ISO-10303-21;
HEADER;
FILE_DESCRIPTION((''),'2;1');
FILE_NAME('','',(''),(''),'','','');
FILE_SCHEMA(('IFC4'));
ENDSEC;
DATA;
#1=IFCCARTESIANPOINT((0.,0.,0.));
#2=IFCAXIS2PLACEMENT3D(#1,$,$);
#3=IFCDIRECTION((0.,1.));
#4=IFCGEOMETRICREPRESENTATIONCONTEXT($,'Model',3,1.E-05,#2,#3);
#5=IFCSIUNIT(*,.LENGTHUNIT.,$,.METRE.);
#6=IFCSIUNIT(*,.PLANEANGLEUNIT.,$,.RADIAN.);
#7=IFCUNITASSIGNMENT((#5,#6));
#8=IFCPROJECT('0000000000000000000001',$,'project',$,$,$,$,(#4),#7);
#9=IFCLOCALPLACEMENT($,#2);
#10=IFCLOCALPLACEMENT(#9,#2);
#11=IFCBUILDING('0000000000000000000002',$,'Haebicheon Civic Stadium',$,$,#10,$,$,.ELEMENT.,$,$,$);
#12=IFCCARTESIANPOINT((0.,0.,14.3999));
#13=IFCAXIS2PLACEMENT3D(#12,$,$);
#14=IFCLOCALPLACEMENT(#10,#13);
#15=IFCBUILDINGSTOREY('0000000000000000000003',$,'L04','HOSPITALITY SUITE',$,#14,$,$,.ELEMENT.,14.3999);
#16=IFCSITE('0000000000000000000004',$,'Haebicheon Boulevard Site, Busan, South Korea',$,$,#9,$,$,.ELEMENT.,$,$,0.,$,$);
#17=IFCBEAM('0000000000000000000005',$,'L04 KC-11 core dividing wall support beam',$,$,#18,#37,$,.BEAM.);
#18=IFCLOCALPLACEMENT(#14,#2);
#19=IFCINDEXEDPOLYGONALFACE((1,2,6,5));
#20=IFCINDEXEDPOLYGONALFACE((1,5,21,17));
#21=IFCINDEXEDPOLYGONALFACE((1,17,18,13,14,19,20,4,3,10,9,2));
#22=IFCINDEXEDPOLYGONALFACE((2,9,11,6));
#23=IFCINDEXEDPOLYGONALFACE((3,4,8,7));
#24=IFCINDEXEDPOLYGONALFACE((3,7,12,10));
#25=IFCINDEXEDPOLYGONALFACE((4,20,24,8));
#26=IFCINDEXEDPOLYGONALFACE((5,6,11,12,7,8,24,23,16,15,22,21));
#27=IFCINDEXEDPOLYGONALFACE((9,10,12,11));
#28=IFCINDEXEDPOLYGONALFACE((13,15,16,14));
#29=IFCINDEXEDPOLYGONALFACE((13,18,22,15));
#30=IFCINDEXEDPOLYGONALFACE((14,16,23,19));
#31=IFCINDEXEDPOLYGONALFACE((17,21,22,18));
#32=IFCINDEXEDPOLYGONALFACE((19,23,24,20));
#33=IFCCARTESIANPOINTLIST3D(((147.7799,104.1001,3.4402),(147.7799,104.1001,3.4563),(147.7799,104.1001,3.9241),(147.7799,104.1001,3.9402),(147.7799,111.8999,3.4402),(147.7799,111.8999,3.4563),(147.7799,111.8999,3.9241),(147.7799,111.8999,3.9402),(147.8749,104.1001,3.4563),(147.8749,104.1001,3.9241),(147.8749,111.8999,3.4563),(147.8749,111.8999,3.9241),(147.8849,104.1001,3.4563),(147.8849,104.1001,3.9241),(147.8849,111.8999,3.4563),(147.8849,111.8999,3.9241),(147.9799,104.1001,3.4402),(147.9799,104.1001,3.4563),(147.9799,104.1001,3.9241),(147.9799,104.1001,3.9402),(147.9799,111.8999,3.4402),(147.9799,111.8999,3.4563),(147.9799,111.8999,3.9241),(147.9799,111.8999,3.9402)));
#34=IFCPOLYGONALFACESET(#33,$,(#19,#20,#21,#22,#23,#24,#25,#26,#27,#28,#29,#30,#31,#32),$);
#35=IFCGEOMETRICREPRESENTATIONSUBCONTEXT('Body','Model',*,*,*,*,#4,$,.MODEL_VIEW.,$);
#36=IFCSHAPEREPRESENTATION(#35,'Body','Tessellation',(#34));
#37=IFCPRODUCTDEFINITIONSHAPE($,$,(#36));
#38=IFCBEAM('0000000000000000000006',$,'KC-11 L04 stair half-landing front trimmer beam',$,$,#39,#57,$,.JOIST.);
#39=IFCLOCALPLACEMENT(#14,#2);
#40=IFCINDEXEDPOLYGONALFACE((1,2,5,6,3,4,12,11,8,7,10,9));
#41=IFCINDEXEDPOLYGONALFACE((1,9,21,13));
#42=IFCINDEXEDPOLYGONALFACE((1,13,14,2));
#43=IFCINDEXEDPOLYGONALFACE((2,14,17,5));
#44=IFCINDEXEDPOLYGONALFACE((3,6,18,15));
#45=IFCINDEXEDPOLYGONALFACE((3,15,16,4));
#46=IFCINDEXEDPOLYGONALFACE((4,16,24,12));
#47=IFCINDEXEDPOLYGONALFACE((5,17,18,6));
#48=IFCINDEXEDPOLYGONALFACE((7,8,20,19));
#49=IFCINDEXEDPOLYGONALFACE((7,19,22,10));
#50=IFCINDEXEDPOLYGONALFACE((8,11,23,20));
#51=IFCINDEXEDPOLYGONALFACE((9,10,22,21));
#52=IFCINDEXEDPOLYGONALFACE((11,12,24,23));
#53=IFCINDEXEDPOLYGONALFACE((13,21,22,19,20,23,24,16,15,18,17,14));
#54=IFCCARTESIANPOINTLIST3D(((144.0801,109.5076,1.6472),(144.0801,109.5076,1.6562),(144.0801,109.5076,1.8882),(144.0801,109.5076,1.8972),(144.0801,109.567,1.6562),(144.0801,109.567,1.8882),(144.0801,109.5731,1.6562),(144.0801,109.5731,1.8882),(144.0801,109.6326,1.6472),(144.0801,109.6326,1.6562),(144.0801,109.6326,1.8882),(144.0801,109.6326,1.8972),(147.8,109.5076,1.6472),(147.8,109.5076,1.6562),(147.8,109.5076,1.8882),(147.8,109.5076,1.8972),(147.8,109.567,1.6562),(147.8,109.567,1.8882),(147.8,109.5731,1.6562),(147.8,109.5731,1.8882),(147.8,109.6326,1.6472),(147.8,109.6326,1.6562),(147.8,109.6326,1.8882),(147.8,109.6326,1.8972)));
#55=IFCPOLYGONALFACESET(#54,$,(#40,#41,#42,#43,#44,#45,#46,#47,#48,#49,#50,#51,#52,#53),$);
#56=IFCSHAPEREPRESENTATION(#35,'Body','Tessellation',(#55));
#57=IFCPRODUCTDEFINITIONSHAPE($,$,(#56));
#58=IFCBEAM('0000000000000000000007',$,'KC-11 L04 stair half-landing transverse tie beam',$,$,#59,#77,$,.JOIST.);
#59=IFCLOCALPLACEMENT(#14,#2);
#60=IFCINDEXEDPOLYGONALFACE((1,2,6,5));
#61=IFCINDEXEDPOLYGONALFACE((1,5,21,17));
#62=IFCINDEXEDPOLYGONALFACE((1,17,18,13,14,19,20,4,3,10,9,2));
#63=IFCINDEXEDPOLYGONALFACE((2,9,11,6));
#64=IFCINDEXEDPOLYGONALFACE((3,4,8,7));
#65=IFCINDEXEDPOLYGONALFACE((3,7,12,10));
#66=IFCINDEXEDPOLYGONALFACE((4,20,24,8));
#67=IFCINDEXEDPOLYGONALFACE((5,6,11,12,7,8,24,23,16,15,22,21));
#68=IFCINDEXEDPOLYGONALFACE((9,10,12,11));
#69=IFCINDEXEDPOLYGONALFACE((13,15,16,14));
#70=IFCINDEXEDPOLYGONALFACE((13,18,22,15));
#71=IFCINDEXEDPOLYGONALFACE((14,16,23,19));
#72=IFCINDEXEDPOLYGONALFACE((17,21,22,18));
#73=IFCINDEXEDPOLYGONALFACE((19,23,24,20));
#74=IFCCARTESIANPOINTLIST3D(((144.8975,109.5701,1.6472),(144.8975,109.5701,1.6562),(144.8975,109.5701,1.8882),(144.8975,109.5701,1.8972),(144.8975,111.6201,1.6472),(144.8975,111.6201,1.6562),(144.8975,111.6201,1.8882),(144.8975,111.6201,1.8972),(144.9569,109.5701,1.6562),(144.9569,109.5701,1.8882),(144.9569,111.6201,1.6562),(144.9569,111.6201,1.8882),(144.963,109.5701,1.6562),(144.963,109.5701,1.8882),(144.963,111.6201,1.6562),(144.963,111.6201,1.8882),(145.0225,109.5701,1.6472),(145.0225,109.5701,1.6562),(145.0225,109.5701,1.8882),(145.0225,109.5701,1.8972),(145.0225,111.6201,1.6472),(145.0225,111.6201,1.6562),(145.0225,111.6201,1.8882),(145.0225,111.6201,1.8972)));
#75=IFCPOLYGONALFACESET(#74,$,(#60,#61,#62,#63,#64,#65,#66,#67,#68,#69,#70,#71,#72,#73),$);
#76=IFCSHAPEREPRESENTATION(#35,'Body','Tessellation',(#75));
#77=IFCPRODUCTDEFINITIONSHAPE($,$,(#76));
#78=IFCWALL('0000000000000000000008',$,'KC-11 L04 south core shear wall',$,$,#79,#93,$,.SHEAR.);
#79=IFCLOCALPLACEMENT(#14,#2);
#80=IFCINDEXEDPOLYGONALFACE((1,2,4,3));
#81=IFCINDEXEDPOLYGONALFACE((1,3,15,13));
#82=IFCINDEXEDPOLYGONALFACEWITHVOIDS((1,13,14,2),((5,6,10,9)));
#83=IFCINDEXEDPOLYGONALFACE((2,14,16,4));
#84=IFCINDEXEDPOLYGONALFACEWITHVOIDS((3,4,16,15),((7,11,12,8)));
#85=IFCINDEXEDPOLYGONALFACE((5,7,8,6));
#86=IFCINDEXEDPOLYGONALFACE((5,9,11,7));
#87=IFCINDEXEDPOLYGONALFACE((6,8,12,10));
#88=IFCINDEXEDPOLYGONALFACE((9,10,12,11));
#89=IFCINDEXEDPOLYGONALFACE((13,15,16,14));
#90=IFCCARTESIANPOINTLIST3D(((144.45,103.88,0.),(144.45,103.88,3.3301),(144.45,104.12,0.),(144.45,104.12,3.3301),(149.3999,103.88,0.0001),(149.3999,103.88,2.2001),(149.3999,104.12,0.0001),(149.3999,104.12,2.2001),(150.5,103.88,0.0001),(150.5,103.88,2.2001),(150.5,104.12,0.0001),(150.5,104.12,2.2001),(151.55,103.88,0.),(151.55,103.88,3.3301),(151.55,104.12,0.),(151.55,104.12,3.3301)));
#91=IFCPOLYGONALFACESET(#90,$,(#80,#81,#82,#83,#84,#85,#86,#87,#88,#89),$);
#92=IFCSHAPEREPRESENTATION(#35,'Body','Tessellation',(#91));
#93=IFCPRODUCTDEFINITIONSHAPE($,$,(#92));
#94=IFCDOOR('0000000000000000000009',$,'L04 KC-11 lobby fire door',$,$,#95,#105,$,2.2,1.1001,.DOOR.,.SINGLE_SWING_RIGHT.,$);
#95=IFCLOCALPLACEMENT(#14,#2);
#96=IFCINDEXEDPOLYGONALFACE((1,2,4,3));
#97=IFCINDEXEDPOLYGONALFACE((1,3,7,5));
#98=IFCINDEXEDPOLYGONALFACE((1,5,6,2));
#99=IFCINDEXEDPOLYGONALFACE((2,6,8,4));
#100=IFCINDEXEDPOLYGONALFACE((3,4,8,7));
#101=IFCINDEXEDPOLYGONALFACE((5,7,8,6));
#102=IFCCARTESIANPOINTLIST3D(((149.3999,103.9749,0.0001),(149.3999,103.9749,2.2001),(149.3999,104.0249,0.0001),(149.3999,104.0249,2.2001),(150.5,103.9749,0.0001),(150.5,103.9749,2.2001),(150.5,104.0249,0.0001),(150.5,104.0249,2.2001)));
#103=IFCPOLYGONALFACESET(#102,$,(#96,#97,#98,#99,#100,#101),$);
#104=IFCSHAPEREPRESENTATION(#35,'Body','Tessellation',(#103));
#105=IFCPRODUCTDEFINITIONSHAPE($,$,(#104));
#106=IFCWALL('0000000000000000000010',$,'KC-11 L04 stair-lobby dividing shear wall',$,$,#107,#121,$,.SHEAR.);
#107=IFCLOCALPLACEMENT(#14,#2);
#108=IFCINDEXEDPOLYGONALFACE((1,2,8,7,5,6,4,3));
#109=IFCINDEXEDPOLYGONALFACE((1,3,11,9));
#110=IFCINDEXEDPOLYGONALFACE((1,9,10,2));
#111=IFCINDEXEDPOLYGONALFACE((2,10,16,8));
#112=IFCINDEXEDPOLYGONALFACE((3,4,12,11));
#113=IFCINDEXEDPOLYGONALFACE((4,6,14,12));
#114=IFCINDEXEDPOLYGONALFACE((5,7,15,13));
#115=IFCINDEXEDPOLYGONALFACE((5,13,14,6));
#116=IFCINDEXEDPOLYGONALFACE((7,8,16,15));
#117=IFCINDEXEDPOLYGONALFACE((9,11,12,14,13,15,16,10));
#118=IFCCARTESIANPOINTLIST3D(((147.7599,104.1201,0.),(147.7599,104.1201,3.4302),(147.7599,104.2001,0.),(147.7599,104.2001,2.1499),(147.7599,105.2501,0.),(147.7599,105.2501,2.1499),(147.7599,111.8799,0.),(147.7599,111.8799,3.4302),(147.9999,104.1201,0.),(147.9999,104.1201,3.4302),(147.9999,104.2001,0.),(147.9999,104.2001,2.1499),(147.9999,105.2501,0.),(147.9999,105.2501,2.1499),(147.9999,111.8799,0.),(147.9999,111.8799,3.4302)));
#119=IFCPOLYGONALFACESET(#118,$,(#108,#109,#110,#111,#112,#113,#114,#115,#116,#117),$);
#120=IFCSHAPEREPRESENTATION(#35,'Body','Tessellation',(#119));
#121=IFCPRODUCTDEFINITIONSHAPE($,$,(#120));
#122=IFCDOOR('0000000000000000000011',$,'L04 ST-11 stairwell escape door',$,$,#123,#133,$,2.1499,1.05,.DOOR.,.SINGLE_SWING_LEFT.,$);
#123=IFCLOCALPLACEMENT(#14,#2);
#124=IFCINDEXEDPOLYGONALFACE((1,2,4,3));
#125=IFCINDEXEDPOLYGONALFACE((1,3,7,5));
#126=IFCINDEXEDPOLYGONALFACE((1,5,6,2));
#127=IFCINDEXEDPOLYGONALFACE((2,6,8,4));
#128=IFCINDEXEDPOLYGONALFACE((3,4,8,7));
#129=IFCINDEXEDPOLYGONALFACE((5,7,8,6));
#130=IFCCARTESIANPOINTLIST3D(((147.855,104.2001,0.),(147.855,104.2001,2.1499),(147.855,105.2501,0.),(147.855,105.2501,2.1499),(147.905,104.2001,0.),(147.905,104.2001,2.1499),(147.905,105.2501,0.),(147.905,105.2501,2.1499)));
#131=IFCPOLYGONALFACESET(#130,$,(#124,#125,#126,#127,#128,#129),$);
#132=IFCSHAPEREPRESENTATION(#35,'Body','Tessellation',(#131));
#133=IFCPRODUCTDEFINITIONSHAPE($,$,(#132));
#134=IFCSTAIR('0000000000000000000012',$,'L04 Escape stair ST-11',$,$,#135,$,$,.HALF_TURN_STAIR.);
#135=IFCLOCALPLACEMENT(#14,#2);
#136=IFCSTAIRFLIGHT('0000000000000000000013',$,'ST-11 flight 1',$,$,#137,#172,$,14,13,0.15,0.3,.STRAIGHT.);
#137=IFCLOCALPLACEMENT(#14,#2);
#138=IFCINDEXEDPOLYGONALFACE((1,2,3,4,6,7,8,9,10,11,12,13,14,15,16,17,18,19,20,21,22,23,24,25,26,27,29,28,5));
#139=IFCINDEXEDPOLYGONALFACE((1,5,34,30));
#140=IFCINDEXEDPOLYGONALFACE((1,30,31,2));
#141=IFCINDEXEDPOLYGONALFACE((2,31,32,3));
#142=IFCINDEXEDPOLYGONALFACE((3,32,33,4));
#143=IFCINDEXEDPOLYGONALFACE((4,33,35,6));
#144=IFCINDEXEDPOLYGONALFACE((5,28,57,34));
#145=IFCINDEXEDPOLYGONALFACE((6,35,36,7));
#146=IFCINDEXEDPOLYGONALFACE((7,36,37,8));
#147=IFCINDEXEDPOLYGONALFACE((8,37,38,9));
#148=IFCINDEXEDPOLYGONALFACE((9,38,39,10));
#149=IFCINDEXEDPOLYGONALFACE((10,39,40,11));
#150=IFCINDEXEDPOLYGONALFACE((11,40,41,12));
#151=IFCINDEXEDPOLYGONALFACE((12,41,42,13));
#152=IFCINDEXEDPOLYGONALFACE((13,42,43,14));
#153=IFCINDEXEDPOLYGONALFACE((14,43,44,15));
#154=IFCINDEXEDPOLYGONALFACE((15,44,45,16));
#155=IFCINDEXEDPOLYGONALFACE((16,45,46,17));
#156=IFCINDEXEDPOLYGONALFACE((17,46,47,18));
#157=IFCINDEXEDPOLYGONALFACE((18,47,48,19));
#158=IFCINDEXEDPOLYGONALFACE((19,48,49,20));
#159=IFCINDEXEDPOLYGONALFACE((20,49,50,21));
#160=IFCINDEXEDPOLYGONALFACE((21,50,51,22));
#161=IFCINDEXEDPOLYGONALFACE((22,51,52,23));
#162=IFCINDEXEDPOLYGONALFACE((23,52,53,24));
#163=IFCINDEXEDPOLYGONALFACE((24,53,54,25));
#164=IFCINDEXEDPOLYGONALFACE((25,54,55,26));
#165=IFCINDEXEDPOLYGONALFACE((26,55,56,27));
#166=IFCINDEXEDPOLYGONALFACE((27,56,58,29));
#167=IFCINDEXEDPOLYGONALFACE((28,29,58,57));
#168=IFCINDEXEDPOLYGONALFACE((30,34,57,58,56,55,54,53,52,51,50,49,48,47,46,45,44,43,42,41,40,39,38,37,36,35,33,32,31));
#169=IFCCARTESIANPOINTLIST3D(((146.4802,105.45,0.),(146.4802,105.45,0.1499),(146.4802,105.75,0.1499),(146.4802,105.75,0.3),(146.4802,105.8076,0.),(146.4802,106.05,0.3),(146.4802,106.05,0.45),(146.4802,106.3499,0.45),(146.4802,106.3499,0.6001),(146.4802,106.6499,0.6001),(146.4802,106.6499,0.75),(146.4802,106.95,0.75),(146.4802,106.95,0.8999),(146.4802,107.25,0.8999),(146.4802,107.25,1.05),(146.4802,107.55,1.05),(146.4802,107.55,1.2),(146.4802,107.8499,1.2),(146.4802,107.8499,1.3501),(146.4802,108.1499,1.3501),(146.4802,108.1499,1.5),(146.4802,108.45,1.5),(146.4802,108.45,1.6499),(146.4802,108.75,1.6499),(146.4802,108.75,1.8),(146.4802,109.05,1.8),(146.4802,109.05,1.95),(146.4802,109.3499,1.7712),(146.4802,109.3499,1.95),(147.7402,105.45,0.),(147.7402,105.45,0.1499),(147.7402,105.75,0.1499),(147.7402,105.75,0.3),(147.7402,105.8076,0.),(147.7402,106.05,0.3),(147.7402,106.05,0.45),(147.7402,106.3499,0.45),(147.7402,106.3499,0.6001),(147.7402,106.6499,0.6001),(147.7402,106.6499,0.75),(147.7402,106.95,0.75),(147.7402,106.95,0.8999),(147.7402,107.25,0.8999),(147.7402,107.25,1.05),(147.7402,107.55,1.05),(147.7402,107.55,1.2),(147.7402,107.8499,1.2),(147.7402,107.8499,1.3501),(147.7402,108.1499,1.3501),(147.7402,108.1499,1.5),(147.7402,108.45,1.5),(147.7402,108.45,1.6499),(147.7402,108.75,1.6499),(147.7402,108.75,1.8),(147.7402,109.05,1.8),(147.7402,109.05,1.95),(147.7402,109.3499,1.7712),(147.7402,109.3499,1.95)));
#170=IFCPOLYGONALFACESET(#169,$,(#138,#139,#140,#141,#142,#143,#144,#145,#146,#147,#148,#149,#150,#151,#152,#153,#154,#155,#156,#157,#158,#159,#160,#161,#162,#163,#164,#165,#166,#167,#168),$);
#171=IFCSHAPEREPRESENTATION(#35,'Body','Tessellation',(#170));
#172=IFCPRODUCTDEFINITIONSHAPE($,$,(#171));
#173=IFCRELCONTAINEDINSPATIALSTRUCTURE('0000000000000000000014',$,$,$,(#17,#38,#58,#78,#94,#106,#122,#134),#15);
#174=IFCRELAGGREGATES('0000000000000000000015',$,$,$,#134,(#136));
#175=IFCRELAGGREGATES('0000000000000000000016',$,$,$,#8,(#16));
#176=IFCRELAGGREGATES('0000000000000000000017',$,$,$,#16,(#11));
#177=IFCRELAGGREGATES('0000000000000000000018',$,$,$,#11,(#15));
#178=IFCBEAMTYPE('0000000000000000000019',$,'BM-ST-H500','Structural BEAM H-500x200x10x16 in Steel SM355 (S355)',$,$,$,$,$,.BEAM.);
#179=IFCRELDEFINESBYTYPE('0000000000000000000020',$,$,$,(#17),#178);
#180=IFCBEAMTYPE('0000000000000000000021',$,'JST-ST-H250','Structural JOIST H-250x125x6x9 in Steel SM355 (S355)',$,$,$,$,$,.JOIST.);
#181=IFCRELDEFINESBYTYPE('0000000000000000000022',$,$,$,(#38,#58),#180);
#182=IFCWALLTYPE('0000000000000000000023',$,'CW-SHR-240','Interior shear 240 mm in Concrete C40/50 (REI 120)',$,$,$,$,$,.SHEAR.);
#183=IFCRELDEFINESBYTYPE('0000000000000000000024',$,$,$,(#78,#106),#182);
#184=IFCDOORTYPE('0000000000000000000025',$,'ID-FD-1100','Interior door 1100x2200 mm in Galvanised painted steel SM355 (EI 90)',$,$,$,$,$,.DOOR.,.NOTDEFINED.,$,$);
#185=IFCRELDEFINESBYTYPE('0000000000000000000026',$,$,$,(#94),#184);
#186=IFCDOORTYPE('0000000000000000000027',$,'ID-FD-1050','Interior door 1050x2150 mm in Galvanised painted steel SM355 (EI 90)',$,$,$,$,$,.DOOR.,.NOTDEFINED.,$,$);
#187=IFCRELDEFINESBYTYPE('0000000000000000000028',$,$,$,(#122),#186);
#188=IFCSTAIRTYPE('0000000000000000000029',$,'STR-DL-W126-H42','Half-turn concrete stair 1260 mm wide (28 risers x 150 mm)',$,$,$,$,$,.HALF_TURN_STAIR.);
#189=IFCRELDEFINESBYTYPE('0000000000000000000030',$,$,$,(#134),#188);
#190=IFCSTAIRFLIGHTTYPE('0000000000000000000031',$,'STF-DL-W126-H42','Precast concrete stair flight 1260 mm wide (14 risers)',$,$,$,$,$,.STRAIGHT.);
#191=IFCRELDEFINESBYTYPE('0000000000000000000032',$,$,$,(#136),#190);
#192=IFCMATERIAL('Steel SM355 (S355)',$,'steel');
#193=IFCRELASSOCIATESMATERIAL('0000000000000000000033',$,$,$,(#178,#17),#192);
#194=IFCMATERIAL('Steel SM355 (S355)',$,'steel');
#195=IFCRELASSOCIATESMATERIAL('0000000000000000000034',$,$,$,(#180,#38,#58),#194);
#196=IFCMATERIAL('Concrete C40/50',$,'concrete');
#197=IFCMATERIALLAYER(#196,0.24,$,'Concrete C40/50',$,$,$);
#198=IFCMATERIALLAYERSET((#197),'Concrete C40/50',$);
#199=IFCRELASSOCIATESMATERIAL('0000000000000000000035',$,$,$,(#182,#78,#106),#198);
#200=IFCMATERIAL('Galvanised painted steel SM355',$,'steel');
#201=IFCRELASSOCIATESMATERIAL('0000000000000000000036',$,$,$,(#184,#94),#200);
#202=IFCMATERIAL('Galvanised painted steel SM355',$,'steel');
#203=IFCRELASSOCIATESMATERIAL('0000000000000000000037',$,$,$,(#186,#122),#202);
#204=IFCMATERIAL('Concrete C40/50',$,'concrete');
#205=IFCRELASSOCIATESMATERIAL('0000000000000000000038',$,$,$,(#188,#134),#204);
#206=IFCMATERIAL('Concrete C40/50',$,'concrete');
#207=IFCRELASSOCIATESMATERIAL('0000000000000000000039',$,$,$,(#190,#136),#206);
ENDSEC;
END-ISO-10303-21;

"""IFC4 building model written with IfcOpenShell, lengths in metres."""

from ifc_helpers import new_model, si_unit, direction, frame, frame_2d, origin, origin_2d, place, context, subcontext, project, spatial, polyline, rectangle, i_section, outline, extrude, material, layer, layer_set, material_profile, profile_set, type_object, element, fill, aggregate, save


model = new_model("IFC4")

# Units and contexts
model_context = context("Model", 3, precision=1e-05, world=origin(), true_north=direction((0.0, 1.0)))
body_context = subcontext(model_context, "Body", "Model", "MODEL_VIEW")
ifc_project = project(units=[si_unit("LENGTHUNIT", "METRE"), si_unit("PLANEANGLEUNIT", "RADIAN")], contexts=[model_context])

# Site, building, storey
site_placement = place(None, origin())
site = spatial("IfcSite", under=ifc_project, at=site_placement, Name="Haebicheon Boulevard Site, Busan, South Korea", CompositionType="ELEMENT", RefElevation=0.0)
building_placement = place(site_placement, origin())
building = spatial("IfcBuilding", under=site, at=building_placement, Name="Haebicheon Civic Stadium", CompositionType="ELEMENT")
storey_placement = place(building_placement, frame((0.0, 0.0, 14.3999)))
storey = spatial("IfcBuildingStorey", under=building, at=storey_placement, Name="L04", Description="HOSPITALITY SUITE", CompositionType="ELEMENT", Elevation=14.3999)

# Beams
ifc_material_1 = material(Name="Steel SM355 (S355)", Category="steel")
ifc_material_profile_1 = material_profile(ifc_material_1, i_section(OverallWidth=0.2, OverallDepth=0.5, WebThickness=0.01, FlangeThickness=0.0161, at=origin_2d()), Name="H-500x200x10x16")
ifc_profile_set_1 = profile_set([ifc_material_profile_1], Name="Steel SM355 (S355)")
beam_type_1 = type_object("IfcBeamType", Name="BM-ST-H500", Description="Structural BEAM H-500x200x10x16 in Steel SM355 (S355)", PredefinedType="BEAM", material=ifc_profile_set_1)
beam_1_placement = place(storey_placement, frame((147.8799, 104.1001, 3.6902), z_axis=(0.0, 1.0, 0.0), x_axis=(-1.0, 0.0, 0.0)))
element("IfcBeam", 1, at=beam_1_placement, inside=storey, type_object=beam_type_1, material=ifc_profile_set_1, Name="L04 KC-11 core dividing wall support beam", PredefinedType="BEAM", context=body_context, shape_type="SweptSolid", body=[
    extrude(i_section(OverallWidth=0.2, OverallDepth=0.5, WebThickness=0.01, FlangeThickness=0.0161, at=origin_2d()), origin(), (0.0, 0.0, 1.0), 7.7998),
])
ifc_material_2 = material(Name="Steel SM355 (S355)", Category="steel")
ifc_material_profile_2 = material_profile(ifc_material_2, i_section(OverallWidth=0.125, OverallDepth=0.25, WebThickness=0.0061, FlangeThickness=0.009, at=origin_2d()), Name="H-250x125x6x9")
ifc_profile_set_2 = profile_set([ifc_material_profile_2], Name="Steel SM355 (S355)")
beam_type_2 = type_object("IfcBeamType", Name="JST-ST-H250", Description="Structural JOIST H-250x125x6x9 in Steel SM355 (S355)", PredefinedType="JOIST", material=ifc_profile_set_2)
beam_2_placement = place(storey_placement, frame((144.0801, 109.5701, 1.7722), z_axis=(1.0, 0.0, 0.0), x_axis=(0.0, 1.0, 0.0)))
element("IfcBeam", 2, at=beam_2_placement, inside=storey, type_object=beam_type_2, material=ifc_profile_set_2, Name="KC-11 L04 stair half-landing front trimmer beam", PredefinedType="JOIST", context=body_context, shape_type="SweptSolid", body=[
    extrude(i_section(OverallWidth=0.125, OverallDepth=0.25, WebThickness=0.0061, FlangeThickness=0.009, at=origin_2d()), origin(), (0.0, 0.0, 1.0), 3.72),
])
beam_3_placement = place(storey_placement, frame((144.96, 109.5701, 1.7722), z_axis=(0.0, 1.0, 0.0), x_axis=(-1.0, 0.0, 0.0)))
element("IfcBeam", 3, at=beam_3_placement, inside=storey, type_object=beam_type_2, material=ifc_profile_set_2, Name="KC-11 L04 stair half-landing transverse tie beam", PredefinedType="JOIST", context=body_context, shape_type="SweptSolid", body=[
    extrude(i_section(OverallWidth=0.125, OverallDepth=0.25, WebThickness=0.0061, FlangeThickness=0.009, at=origin_2d()), origin(), (0.0, 0.0, 1.0), 2.05),
])

# Walls, openings, doors
ifc_material_3 = material(Name="Concrete C40/50", Category="concrete")
ifc_layer = layer(ifc_material_3, 0.24, Name="Concrete C40/50")
ifc_layer_set = layer_set([ifc_layer], Name="Concrete C40/50")
wall_type = type_object("IfcWallType", Name="CW-SHR-240", Description="Interior shear 240 mm in Concrete C40/50 (REI 120)", PredefinedType="SHEAR", material=ifc_layer_set)
wall_1_placement = place(storey_placement, frame((144.45, 104.0, 0.0), z_axis=(0.0, 0.0, 1.0), x_axis=(1.0, 0.0, 0.0)))
wall_1 = element("IfcWall", 4, at=wall_1_placement, inside=storey, type_object=wall_type, material=ifc_layer_set, Name="KC-11 L04 south core shear wall", PredefinedType="SHEAR", context=body_context, shape_type="SweptSolid", body=[
    extrude(rectangle(XDim=7.1001, YDim=0.24, at=frame_2d((3.55, 0.0))), origin(), (0.0, 0.0, 1.0), 3.3301),
])
opening_1_placement = place(wall_1_placement, frame((4.95, 0.0, 0.0)))
opening_1 = element("IfcOpeningElement", 5, at=opening_1_placement, cuts=wall_1, PredefinedType="OPENING", context=body_context, shape_type="SweptSolid", body=[
    extrude(rectangle(XDim=1.1001, YDim=2.2, at=frame_2d((0.55, 1.1001))), frame((0.0, 0.1299, 0.0), z_axis=(0.0, -1.0, 0.0), x_axis=(1.0, 0.0, 0.0)), (0.0, 0.0, 1.0), 0.26),
])
ifc_material_4 = material(Name="Galvanised painted steel SM355", Category="steel")
door_type_1 = type_object("IfcDoorType", Name="ID-FD-1100", Description="Interior door 1100x2200 mm in Galvanised painted steel SM355 (EI 90)", OperationType="NOTDEFINED", PredefinedType="DOOR", material=ifc_material_4)
door_1_placement = place(opening_1_placement, origin())
door_1 = element("IfcDoor", 6, at=door_1_placement, inside=storey, type_object=door_type_1, material=ifc_material_4, Name="L04 KC-11 lobby fire door", OperationType="SINGLE_SWING_RIGHT", OverallHeight=2.2, OverallWidth=1.1001, PredefinedType="DOOR", context=body_context, shape_type="SweptSolid", body=[
    extrude(rectangle(XDim=1.1001, YDim=2.2, at=frame_2d((0.55, 1.1001))), frame((0.0, 0.0249, 0.0), z_axis=(0.0, -1.0, 0.0), x_axis=(1.0, 0.0, 0.0)), (0.0, 0.0, 1.0), 0.05),
])
fill(opening_1, door_1)
wall_2_placement = place(storey_placement, frame((147.8799, 104.1201, 0.0), z_axis=(0.0, 0.0, 1.0), x_axis=(0.0, 1.0, 0.0)))
wall_2 = element("IfcWall", 7, at=wall_2_placement, inside=storey, type_object=wall_type, material=ifc_layer_set, Name="KC-11 L04 stair-lobby dividing shear wall", PredefinedType="SHEAR", context=body_context, shape_type="SweptSolid", body=[
    extrude(rectangle(XDim=7.7598, YDim=0.24, at=frame_2d((3.8799, 0.0))), origin(), (0.0, 0.0, 1.0), 3.4302),
])
opening_2_placement = place(wall_2_placement, frame((0.0801, 0.0, 0.0)))
opening_2 = element("IfcOpeningElement", 8, at=opening_2_placement, cuts=wall_2, PredefinedType="OPENING", context=body_context, shape_type="SweptSolid", body=[
    extrude(rectangle(XDim=1.05, YDim=2.1499, at=frame_2d((0.5249, 1.075))), frame((0.0, 0.1299, 0.0), z_axis=(0.0, -1.0, 0.0), x_axis=(1.0, 0.0, 0.0)), (0.0, 0.0, 1.0), 0.26),
])
ifc_material_5 = material(Name="Galvanised painted steel SM355", Category="steel")
door_type_2 = type_object("IfcDoorType", Name="ID-FD-1050", Description="Interior door 1050x2150 mm in Galvanised painted steel SM355 (EI 90)", OperationType="NOTDEFINED", PredefinedType="DOOR", material=ifc_material_5)
door_2_placement = place(opening_2_placement, origin())
door_2 = element("IfcDoor", 9, at=door_2_placement, inside=storey, type_object=door_type_2, material=ifc_material_5, Name="L04 ST-11 stairwell escape door", OperationType="SINGLE_SWING_LEFT", OverallHeight=2.1499, OverallWidth=1.05, PredefinedType="DOOR", context=body_context, shape_type="SweptSolid", body=[
    extrude(rectangle(XDim=1.05, YDim=2.1499, at=frame_2d((0.5249, 1.075))), frame((0.0, 0.0249, 0.0), z_axis=(0.0, -1.0, 0.0), x_axis=(1.0, 0.0, 0.0)), (0.0, 0.0, 1.0), 0.05),
])
fill(opening_2, door_2)

# Stair, stair flight
ifc_material_6 = material(Name="Concrete C40/50", Category="concrete")
stair_type = type_object("IfcStairType", Name="STR-DL-W126-H42", Description="Half-turn concrete stair 1260 mm wide (28 risers x 150 mm)", PredefinedType="HALF_TURN_STAIR", material=ifc_material_6)
stair_placement = place(storey_placement, origin())
stair = element("IfcStair", 10, at=stair_placement, inside=storey, type_object=stair_type, material=ifc_material_6, Name="L04 Escape stair ST-11", PredefinedType="HALF_TURN_STAIR")
ifc_material_7 = material(Name="Concrete C40/50", Category="concrete")
stair_flight_type = type_object("IfcStairFlightType", Name="STF-DL-W126-H42", Description="Precast concrete stair flight 1260 mm wide (14 risers)", PredefinedType="STRAIGHT", material=ifc_material_7)
stair_flight_1_placement = place(storey_placement, frame((147.1101, 105.45, 0.0), z_axis=(0.0, 0.0, 1.0), x_axis=(0.0, 1.0, 0.0)))
stair_flight_1 = element("IfcStairFlight", 11, at=stair_flight_1_placement, type_object=stair_flight_type, material=ifc_material_7, Name="ST-11 flight 1", NumberOfRisers=14, NumberOfTreads=13, PredefinedType="STRAIGHT", RiserHeight=0.15, TreadLength=0.3, context=body_context, shape_type="SweptSolid", body=[
    extrude(outline(polyline([(0.0, 0.0), (0.0, 0.1499), (0.3, 0.1499), (0.3, 0.3), (0.6001, 0.3), (0.6001, 0.45), (0.8999, 0.45), (0.8999, 0.6001), (1.2, 0.6001), (1.2, 0.75), (1.5, 0.75), (1.5, 0.8999), (1.8, 0.8999), (1.8, 1.05), (2.1001, 1.05), (2.1001, 1.2), (2.3999, 1.2), (2.3999, 1.3501), (2.7, 1.3501), (2.7, 1.5), (3.0, 1.5), (3.0, 1.6499), (3.3, 1.6499), (3.3, 1.8), (3.6001, 1.8), (3.6001, 1.95), (3.8999, 1.95), (3.8999, 2.1001), (3.8999, 1.7712), (0.3577, 0.0), (0.0, 0.0)])), frame((0.0, 0.6299, 0.0), z_axis=(0.0, -1.0, 0.0), x_axis=(1.0, 0.0, 0.0)), (0.0, 0.0, 1.0), 1.26),
])
aggregate(stair, [stair_flight_1])

save(model, "model.ifc")
